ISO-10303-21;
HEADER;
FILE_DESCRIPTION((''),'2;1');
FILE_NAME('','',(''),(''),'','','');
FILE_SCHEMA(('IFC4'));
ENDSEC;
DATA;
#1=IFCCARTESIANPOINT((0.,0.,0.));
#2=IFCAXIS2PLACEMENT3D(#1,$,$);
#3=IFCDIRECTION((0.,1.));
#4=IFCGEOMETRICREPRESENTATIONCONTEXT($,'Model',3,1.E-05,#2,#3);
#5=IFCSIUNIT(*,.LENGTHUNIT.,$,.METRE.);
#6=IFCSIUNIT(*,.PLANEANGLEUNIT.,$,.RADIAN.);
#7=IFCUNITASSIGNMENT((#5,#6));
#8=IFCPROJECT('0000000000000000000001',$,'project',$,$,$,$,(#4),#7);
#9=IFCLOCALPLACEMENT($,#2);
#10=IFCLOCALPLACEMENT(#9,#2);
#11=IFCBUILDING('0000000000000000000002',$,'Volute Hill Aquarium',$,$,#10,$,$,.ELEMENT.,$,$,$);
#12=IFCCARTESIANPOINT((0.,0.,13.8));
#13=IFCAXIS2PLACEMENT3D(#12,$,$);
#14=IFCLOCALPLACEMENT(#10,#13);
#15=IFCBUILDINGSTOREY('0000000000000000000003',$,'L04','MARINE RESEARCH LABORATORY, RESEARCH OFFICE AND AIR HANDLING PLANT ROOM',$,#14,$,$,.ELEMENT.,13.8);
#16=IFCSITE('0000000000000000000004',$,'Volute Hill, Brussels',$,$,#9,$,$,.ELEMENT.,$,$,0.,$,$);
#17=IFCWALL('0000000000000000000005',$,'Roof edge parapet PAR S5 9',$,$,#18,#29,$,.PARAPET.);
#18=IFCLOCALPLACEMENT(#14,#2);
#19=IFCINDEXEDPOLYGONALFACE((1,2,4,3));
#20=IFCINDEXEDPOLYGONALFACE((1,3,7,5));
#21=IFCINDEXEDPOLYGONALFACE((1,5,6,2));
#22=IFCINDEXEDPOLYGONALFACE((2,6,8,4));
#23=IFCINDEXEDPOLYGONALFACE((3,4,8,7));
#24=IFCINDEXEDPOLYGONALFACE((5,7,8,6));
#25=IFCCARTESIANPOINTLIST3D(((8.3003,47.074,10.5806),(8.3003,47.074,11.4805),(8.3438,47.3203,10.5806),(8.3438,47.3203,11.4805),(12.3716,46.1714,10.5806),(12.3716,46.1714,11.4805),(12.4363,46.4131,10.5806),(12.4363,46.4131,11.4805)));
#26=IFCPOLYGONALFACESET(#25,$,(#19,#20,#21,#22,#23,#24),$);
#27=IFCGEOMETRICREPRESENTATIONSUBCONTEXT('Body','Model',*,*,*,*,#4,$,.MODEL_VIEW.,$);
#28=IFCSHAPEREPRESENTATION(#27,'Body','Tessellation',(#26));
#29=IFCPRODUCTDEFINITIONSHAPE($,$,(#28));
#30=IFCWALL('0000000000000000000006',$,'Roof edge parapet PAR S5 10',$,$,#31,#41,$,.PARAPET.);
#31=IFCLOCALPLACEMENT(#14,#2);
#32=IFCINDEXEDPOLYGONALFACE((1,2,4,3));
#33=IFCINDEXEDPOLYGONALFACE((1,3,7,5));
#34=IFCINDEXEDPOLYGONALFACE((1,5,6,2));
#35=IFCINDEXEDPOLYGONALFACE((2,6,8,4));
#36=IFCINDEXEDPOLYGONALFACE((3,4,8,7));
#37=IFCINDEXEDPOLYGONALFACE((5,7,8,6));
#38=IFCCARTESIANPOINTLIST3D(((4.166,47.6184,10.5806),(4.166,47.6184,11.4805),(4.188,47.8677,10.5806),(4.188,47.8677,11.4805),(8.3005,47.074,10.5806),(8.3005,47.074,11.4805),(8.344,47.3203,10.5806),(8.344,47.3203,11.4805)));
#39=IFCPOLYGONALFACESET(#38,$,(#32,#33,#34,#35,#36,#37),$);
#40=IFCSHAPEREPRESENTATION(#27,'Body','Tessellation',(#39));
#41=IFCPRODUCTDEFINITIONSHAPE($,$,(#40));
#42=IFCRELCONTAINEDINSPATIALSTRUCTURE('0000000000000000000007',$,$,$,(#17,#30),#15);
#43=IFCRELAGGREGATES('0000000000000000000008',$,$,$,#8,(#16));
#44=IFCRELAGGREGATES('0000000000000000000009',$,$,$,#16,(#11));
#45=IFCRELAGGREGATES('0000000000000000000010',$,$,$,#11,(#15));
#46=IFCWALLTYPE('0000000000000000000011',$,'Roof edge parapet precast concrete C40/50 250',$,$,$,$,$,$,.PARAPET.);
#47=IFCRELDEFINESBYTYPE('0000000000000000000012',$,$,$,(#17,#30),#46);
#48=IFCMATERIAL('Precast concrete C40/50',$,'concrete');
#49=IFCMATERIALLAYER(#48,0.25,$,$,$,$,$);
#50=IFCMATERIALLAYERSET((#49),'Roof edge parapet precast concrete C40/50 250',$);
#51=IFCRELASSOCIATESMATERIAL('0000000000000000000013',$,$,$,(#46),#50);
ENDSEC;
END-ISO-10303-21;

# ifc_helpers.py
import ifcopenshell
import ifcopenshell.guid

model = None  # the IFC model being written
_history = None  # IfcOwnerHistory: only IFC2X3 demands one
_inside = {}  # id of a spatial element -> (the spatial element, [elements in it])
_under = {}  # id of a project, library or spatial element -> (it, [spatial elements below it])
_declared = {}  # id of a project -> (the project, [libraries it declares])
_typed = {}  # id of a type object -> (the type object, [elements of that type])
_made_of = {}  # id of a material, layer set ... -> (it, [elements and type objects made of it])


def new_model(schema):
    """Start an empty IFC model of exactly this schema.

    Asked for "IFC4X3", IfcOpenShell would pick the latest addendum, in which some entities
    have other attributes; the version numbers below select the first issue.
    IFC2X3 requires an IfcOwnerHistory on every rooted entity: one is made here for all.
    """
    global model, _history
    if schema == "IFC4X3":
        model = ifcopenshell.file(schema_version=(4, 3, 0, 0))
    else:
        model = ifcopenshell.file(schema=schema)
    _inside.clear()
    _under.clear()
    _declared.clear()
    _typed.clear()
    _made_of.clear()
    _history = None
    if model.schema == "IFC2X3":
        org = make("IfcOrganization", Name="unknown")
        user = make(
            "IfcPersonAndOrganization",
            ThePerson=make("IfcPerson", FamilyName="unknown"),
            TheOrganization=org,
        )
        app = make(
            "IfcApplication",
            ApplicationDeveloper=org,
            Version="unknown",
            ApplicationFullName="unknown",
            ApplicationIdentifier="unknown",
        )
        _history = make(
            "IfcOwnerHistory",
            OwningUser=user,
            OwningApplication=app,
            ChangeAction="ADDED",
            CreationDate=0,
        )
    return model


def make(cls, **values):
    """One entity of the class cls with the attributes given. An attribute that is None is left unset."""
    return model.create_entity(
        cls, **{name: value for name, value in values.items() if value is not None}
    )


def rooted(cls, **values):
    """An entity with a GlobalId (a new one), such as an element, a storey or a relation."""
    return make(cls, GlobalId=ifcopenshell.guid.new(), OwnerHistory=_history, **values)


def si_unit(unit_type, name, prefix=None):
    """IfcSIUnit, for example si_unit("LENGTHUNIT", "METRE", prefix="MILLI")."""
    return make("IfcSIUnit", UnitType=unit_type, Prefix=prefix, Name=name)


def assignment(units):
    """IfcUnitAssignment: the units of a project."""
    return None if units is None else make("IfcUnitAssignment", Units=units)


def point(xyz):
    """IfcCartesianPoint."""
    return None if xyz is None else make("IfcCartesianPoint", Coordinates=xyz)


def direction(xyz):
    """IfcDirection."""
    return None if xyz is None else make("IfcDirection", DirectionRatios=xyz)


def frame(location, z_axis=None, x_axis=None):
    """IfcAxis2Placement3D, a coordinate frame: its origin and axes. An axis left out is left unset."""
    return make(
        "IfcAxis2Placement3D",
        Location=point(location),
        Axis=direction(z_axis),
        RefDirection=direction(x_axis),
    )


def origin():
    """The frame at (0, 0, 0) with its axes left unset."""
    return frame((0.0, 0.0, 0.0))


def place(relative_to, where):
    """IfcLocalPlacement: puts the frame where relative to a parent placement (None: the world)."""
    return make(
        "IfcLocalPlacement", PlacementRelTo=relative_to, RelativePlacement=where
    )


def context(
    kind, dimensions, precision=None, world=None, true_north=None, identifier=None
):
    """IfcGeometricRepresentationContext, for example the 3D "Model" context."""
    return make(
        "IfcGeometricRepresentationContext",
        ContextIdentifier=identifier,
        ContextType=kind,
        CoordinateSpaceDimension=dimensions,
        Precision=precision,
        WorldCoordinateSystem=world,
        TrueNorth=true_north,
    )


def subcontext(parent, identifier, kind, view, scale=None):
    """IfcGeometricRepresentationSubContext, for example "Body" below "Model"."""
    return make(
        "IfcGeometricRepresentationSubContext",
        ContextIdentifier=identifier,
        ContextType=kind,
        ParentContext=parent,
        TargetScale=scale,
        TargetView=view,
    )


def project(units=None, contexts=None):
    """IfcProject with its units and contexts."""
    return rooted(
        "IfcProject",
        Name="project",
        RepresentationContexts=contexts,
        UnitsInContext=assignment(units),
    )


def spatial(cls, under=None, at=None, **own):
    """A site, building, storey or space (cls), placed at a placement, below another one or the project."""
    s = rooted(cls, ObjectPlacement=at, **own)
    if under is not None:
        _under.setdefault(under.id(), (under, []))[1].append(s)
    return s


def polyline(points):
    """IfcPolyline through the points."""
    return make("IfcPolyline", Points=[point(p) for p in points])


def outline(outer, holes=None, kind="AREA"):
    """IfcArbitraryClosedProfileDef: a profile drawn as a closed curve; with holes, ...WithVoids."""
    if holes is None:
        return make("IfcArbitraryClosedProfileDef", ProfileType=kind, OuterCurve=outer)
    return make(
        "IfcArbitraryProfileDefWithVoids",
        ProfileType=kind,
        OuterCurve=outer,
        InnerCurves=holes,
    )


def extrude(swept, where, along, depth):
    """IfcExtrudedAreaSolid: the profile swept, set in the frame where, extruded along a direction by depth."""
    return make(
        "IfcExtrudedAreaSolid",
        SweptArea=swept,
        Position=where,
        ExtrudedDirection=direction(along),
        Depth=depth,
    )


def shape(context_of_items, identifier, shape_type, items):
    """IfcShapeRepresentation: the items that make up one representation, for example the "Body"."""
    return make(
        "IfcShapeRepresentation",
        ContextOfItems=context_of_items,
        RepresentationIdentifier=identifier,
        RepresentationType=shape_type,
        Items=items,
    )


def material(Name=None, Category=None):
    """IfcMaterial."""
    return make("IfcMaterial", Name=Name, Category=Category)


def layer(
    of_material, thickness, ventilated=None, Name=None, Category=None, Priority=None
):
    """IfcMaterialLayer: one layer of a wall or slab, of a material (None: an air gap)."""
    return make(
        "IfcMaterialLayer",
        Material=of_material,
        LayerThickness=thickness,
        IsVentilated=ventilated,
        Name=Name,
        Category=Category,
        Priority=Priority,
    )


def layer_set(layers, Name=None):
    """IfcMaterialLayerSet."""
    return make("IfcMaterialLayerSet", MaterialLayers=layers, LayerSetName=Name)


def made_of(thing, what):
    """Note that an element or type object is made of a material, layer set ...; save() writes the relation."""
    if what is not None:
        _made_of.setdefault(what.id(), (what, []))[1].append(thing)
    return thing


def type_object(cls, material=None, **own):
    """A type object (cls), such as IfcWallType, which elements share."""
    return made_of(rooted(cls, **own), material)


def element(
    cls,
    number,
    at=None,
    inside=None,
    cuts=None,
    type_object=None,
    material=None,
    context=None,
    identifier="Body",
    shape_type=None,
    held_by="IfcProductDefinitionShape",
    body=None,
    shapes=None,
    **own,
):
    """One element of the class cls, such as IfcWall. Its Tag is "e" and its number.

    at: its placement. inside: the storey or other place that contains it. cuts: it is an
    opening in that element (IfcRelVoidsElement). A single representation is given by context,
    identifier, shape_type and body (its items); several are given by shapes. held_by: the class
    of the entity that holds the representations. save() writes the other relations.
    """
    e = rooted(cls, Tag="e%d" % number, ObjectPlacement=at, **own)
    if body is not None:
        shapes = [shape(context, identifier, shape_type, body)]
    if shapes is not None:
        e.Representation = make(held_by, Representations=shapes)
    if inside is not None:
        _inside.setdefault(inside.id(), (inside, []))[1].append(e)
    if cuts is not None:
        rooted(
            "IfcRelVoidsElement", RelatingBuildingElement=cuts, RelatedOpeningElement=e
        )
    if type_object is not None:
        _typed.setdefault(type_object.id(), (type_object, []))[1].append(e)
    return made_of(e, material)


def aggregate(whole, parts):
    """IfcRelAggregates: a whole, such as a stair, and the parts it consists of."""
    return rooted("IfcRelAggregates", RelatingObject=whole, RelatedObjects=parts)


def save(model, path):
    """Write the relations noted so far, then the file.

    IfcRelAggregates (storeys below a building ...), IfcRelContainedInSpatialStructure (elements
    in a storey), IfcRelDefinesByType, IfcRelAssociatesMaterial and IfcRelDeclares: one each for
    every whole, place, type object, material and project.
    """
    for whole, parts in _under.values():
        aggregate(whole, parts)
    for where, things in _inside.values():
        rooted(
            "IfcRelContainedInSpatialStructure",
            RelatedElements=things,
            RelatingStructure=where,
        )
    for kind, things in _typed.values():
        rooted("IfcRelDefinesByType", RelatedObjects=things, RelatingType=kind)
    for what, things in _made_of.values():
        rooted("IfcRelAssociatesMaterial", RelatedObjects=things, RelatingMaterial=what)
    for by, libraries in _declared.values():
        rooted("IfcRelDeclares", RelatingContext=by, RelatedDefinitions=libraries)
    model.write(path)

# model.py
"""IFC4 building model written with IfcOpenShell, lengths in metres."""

from ifc_helpers import new_model, si_unit, direction, frame, origin, place, context, subcontext, project, spatial, polyline, outline, extrude, material, layer, layer_set, type_object, element, save


model = new_model("IFC4")

# Units and contexts
model_context = context("Model", 3, precision=1e-05, world=origin(), true_north=direction((0.0, 1.0)))
body_context = subcontext(model_context, "Body", "Model", "MODEL_VIEW")
ifc_project = project(units=[si_unit("LENGTHUNIT", "METRE"), si_unit("PLANEANGLEUNIT", "RADIAN")], contexts=[model_context])

# Site, building, storey
site_placement = place(None, origin())
site = spatial("IfcSite", under=ifc_project, at=site_placement, Name="Volute Hill, Brussels", CompositionType="ELEMENT", RefElevation=0.0)
building_placement = place(site_placement, origin())
building = spatial("IfcBuilding", under=site, at=building_placement, Name="Volute Hill Aquarium", CompositionType="ELEMENT")
storey_placement = place(building_placement, frame((0.0, 0.0, 13.8)))
storey = spatial("IfcBuildingStorey", under=building, at=storey_placement, Name="L04", Description="MARINE RESEARCH LABORATORY, RESEARCH OFFICE AND AIR HANDLING PLANT ROOM", CompositionType="ELEMENT", Elevation=13.8)

# Walls
ifc_material_1 = material(Name="Precast concrete C40/50", Category="concrete")
ifc_layer_1 = layer(ifc_material_1, 0.25)
ifc_layer_set_1 = layer_set([ifc_layer_1], Name="Roof edge parapet precast concrete C40/50 250")
wall_type_1 = type_object("IfcWallType", Name="Roof edge parapet precast concrete C40/50 250", PredefinedType="PARAPET", material=ifc_layer_set_1)
wall_1_placement = place(storey_placement, frame((0.0, 0.0, 10.5806)))
element("IfcWall", 1, at=wall_1_placement, inside=storey, type_object=wall_type_1, Name="Roof edge parapet PAR S5 9", PredefinedType="PARAPET", context=body_context, shape_type="SweptSolid", body=[
    extrude(outline(polyline([(12.3716, 46.1714), (12.4363, 46.4131), (8.3438, 47.3203), (8.3003, 47.074), (12.3716, 46.1714)])), origin(), (0.0, 0.0, 1.0), 0.8999),
])
wall_2_placement = place(storey_placement, frame((0.0, 0.0, 10.5806)))
element("IfcWall", 2, at=wall_2_placement, inside=storey, type_object=wall_type_1, Name="Roof edge parapet PAR S5 10", PredefinedType="PARAPET", context=body_context, shape_type="SweptSolid", body=[
    extrude(outline(polyline([(4.188, 47.8677), (4.166, 47.6184), (8.3005, 47.074), (8.344, 47.3203), (4.188, 47.8677)])), origin(), (0.0, 0.0, 1.0), 0.8999),
])

save(model, "model.ifc")
